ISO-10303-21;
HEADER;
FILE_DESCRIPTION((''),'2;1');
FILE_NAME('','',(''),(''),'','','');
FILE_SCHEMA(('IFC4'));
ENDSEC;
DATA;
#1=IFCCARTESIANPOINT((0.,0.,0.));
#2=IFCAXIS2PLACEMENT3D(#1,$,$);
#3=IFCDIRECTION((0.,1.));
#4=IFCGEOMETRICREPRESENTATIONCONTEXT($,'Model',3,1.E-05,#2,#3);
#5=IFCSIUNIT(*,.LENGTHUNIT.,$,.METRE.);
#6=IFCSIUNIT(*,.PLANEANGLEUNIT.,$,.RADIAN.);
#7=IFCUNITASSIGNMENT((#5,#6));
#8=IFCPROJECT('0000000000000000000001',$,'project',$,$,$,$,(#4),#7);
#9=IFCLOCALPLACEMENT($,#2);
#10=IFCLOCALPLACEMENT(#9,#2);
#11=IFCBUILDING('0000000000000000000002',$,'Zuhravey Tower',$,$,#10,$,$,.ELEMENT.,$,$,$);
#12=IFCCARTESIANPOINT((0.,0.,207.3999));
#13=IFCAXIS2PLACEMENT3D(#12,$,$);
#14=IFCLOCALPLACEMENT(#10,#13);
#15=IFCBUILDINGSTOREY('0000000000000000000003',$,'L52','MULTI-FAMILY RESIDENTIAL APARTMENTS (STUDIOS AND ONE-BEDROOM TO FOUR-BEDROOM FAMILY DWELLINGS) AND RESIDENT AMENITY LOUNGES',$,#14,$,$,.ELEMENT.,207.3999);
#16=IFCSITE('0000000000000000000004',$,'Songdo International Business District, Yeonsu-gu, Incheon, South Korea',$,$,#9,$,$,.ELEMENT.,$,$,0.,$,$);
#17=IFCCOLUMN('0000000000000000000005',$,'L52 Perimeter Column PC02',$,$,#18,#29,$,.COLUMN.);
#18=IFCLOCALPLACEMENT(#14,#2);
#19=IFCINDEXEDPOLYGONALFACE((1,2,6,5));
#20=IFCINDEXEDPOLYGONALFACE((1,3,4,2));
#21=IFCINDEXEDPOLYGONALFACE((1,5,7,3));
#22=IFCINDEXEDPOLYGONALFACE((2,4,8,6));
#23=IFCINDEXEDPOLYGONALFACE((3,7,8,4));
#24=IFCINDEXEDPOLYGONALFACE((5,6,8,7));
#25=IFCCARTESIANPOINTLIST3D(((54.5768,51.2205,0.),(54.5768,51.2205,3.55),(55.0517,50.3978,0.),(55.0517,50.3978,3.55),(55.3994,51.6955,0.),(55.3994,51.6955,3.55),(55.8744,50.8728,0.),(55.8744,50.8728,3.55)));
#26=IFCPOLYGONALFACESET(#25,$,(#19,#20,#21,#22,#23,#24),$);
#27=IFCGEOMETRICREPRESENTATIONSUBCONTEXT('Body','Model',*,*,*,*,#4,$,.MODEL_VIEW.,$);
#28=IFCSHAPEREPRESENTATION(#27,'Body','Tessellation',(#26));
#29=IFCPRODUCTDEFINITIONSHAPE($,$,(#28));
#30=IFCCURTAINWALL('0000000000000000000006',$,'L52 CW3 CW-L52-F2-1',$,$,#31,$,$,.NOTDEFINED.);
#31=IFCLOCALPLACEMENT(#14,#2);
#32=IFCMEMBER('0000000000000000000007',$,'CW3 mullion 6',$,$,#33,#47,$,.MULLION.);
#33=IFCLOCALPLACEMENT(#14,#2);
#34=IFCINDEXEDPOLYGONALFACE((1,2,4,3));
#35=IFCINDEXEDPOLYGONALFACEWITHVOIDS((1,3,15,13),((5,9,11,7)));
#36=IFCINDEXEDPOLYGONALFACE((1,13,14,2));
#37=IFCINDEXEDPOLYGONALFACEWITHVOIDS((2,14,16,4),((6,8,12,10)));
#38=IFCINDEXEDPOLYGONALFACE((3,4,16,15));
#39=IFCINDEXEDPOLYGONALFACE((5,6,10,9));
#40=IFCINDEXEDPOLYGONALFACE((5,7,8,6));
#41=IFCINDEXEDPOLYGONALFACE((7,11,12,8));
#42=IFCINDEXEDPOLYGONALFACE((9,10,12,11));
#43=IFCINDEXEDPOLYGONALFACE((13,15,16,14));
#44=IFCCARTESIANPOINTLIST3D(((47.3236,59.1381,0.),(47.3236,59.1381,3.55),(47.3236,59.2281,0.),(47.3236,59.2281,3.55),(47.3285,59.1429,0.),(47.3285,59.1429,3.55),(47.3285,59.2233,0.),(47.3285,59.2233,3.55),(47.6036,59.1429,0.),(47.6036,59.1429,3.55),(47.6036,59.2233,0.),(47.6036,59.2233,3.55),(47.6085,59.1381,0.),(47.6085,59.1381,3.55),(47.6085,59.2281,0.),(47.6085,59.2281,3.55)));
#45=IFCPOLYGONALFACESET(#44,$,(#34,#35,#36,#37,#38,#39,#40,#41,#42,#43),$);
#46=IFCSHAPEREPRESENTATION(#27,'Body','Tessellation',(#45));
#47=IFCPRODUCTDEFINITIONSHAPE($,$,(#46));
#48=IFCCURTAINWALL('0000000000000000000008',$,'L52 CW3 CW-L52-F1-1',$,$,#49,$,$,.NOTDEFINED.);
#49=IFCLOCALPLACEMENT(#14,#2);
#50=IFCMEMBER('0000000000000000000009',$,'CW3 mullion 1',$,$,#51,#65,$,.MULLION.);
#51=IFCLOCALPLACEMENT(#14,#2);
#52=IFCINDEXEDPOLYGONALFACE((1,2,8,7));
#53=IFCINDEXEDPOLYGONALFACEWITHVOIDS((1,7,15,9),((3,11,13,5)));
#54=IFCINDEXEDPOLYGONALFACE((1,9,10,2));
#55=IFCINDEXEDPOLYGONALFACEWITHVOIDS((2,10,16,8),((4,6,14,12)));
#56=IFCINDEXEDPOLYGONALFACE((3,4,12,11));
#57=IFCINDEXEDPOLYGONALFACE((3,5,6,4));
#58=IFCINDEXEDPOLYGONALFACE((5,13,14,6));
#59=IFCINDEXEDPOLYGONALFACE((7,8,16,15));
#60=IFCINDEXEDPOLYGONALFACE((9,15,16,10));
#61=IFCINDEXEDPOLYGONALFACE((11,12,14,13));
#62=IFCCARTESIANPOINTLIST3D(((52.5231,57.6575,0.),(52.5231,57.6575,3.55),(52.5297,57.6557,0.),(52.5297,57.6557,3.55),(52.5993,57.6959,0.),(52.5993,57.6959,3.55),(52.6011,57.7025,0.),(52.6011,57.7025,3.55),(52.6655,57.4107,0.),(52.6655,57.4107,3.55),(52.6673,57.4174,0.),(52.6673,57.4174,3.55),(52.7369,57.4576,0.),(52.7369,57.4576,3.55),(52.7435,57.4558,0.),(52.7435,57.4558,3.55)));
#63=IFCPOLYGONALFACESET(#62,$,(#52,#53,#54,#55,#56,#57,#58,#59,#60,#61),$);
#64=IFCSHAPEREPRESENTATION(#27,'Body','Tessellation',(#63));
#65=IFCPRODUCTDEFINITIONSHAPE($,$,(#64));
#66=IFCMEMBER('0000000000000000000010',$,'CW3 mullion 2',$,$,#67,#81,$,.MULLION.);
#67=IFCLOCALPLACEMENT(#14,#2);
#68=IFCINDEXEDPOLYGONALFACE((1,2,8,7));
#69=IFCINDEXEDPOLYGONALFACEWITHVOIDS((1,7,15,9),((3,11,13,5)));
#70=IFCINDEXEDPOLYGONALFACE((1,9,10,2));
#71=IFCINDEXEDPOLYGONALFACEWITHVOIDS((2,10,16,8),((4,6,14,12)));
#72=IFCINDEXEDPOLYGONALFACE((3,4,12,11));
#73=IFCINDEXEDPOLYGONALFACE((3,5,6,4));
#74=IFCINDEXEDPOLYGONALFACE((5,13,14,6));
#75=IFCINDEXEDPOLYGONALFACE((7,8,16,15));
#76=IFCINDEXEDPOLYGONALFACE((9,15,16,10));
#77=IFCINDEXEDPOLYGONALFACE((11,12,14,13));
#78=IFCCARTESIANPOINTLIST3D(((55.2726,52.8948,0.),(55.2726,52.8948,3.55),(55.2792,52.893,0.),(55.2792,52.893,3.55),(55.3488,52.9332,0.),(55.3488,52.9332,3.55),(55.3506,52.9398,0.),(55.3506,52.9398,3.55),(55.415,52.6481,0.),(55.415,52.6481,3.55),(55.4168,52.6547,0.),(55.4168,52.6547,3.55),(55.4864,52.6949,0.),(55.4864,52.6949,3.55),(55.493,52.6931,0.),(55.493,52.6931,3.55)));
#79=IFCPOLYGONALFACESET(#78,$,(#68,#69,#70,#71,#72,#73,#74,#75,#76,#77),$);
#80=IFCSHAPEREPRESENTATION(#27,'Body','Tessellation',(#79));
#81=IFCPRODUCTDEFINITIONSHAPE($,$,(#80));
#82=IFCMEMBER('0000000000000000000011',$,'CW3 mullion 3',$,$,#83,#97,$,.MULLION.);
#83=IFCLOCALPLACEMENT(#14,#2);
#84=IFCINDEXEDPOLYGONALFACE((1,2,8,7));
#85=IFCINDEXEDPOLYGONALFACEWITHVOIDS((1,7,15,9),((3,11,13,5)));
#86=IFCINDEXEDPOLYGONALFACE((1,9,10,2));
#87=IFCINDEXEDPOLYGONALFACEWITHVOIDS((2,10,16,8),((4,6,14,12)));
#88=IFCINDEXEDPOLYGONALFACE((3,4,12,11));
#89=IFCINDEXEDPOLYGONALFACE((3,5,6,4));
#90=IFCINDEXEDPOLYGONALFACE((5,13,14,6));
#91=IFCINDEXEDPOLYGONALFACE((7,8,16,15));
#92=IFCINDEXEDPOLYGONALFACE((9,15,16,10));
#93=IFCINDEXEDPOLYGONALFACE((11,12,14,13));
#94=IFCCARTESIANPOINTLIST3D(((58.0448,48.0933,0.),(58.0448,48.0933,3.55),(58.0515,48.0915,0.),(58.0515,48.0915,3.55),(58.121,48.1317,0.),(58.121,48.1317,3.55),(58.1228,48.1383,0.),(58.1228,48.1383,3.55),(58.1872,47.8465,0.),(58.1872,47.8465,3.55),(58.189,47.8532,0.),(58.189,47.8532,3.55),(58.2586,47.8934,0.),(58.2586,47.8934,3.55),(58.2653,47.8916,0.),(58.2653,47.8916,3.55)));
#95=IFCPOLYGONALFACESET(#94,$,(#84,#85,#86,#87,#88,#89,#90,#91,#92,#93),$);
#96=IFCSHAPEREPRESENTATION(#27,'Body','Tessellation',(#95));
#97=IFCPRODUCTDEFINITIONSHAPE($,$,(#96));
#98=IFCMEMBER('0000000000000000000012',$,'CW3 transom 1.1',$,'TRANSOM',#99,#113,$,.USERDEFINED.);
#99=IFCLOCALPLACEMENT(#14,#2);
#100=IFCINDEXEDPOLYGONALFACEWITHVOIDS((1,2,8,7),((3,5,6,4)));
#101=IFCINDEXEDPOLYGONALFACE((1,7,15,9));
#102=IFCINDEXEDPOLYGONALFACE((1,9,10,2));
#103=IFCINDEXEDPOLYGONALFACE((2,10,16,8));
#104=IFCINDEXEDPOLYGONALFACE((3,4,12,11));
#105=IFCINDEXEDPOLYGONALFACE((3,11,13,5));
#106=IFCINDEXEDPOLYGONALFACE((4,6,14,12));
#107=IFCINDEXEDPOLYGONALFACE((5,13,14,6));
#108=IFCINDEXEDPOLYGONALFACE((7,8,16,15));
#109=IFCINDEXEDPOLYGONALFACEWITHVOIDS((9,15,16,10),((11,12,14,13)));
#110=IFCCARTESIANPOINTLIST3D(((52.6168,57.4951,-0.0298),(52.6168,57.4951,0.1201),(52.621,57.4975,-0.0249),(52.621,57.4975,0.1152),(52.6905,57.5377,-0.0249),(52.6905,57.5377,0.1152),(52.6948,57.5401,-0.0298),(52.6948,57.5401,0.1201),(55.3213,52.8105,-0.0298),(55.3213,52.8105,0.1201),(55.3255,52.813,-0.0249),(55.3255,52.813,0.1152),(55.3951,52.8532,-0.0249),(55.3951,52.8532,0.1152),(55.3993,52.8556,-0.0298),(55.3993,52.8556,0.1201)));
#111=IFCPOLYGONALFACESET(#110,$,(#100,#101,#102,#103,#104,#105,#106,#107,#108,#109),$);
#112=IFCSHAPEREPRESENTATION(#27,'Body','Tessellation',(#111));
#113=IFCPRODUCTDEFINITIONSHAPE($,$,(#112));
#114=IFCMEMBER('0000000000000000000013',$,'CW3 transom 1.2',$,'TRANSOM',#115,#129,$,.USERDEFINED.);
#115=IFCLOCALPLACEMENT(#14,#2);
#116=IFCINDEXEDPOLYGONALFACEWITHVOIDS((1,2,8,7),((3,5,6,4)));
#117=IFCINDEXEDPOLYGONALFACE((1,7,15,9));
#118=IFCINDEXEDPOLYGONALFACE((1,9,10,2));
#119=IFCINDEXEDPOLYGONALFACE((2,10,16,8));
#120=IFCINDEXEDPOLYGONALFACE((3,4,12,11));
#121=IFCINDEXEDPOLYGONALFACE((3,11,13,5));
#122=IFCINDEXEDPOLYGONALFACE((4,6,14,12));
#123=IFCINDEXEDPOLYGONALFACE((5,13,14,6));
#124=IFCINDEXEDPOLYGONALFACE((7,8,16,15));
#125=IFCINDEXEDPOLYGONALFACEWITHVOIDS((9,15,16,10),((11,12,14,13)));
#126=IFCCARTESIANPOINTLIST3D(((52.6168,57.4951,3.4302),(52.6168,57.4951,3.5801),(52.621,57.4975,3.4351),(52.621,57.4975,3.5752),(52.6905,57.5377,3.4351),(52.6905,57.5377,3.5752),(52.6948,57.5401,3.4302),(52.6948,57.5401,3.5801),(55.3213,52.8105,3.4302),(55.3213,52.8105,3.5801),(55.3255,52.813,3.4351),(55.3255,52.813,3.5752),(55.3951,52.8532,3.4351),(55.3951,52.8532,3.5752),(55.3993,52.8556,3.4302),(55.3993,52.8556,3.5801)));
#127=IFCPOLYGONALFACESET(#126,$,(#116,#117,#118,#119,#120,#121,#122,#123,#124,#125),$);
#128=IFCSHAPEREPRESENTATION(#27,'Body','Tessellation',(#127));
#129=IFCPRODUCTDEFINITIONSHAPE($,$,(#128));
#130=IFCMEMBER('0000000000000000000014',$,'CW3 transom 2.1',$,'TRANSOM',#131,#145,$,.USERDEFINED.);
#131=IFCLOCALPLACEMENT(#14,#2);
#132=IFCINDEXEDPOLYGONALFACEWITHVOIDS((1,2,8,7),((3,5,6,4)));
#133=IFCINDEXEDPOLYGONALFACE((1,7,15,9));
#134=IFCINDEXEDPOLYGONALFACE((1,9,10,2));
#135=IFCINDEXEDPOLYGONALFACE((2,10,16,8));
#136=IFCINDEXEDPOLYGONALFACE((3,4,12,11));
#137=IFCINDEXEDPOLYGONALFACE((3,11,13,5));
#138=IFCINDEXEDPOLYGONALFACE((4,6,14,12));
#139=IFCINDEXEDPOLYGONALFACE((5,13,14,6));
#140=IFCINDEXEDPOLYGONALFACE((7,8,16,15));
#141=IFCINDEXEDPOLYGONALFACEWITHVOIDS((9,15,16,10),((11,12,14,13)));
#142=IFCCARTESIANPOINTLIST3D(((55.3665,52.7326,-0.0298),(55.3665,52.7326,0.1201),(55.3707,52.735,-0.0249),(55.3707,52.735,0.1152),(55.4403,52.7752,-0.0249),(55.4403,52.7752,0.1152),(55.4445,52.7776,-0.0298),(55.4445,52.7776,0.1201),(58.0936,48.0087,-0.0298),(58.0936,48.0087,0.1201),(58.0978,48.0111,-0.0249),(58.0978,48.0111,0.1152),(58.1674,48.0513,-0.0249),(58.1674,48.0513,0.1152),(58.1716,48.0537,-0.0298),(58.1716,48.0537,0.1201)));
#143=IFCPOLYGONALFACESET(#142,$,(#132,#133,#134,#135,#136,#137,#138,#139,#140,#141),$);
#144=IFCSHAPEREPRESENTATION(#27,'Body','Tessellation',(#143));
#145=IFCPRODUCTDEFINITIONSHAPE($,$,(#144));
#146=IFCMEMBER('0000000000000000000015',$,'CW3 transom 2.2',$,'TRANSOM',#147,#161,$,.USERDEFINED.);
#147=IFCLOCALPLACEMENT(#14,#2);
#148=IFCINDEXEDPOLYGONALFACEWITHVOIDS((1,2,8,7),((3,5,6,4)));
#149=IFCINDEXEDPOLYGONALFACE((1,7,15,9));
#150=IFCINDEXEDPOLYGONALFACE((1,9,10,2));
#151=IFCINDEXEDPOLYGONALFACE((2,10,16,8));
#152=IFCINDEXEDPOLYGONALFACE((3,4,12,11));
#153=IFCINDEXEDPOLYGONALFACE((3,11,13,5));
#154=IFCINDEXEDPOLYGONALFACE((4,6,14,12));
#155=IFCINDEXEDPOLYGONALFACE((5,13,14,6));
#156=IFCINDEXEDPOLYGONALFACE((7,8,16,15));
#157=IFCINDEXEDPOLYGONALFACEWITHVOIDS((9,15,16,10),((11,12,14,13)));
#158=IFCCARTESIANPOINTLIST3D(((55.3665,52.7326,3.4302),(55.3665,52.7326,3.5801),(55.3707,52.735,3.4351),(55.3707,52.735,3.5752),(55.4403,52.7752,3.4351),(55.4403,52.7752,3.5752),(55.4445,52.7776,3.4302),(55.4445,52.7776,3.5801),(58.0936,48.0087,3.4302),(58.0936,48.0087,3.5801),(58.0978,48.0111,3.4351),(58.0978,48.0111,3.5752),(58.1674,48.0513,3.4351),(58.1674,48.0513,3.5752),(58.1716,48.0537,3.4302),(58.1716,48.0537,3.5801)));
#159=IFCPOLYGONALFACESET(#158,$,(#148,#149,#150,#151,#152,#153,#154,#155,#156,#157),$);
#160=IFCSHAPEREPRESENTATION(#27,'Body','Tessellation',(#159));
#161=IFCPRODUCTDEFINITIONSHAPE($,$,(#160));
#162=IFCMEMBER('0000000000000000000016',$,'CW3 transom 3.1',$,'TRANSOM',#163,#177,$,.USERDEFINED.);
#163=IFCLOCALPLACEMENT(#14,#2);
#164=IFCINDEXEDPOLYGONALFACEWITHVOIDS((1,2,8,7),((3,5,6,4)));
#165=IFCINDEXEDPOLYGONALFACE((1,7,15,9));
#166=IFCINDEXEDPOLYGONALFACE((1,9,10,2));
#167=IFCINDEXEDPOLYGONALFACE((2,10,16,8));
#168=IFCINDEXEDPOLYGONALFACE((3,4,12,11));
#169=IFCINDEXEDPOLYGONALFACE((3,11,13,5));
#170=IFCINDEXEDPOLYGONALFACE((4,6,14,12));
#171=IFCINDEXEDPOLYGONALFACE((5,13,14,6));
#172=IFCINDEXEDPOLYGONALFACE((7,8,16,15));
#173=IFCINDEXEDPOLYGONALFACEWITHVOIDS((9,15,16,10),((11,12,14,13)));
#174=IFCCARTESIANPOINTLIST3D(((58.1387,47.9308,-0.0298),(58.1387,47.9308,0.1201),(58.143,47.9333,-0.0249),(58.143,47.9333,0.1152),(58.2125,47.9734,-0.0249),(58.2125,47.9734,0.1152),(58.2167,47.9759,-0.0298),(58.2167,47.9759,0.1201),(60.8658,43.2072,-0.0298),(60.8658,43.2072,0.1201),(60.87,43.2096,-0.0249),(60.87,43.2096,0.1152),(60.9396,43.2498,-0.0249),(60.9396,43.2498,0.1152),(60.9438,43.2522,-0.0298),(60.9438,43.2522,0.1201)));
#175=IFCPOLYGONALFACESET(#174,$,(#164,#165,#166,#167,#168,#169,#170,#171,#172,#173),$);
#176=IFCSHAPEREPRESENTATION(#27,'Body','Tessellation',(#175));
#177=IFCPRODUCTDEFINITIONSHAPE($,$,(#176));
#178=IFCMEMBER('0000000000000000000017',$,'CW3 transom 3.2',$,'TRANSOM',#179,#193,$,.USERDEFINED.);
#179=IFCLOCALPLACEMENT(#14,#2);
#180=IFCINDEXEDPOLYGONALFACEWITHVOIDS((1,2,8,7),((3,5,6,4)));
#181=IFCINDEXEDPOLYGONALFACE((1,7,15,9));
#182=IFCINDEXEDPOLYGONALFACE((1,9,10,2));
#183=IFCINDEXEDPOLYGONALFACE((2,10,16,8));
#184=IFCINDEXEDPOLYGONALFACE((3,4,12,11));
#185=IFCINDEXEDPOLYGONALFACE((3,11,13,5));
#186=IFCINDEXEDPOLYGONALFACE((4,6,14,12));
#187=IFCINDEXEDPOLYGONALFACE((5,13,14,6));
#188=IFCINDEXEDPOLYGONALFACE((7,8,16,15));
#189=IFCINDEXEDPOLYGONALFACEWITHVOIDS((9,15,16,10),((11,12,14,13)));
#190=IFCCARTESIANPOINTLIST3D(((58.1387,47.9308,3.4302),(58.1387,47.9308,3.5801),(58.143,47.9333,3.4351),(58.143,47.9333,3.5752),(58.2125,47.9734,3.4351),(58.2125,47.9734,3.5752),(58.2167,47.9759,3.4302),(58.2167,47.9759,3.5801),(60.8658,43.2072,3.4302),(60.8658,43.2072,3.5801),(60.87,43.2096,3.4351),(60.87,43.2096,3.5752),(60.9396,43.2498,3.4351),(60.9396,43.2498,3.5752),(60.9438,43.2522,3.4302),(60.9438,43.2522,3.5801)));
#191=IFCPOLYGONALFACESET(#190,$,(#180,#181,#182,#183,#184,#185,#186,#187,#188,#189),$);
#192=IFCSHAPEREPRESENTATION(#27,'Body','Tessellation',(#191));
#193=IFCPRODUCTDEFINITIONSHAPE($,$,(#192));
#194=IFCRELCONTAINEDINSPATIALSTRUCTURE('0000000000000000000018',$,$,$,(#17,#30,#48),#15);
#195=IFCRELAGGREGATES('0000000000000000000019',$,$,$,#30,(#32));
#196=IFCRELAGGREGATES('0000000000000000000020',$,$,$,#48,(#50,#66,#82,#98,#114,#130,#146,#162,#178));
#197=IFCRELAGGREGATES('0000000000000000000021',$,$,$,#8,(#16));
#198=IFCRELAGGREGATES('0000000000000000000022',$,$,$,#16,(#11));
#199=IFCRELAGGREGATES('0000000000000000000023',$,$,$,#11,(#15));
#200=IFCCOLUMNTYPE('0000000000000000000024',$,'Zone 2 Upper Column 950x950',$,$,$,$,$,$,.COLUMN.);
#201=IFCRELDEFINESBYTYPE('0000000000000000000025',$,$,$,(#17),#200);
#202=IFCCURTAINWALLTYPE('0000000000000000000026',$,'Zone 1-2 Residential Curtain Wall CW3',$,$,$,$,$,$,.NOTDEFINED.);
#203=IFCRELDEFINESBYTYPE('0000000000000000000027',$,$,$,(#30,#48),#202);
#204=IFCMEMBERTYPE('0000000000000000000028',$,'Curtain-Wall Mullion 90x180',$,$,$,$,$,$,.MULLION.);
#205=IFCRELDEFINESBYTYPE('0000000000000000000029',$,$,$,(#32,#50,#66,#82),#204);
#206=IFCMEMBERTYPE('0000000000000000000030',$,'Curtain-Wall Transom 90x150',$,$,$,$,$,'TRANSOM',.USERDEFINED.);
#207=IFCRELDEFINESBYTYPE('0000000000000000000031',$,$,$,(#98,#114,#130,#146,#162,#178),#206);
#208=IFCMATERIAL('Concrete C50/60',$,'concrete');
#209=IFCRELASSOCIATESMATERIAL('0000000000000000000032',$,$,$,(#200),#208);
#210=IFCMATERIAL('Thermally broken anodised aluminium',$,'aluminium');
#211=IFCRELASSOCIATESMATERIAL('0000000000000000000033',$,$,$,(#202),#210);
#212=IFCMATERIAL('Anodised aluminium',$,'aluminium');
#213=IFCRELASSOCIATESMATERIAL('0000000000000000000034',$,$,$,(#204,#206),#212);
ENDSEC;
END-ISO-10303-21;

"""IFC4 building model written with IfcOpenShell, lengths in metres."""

from ifc_helpers import new_model, si_unit, direction, frame, origin, origin_2d, place, context, subcontext, project, spatial, rectangle, hollow_rectangle, extrude, material, material_profile, profile_set, type_object, element, aggregate, save


model = new_model("IFC4")

# Units and contexts
model_context = context("Model", 3, precision=1e-05, world=origin(), true_north=direction((0.0, 1.0)))
body_context = subcontext(model_context, "Body", "Model", "MODEL_VIEW")
ifc_project = project(units=[si_unit("LENGTHUNIT", "METRE"), si_unit("PLANEANGLEUNIT", "RADIAN")], contexts=[model_context])

# Site, building, storey
site_placement = place(None, origin())
site = spatial("IfcSite", under=ifc_project, at=site_placement, Name="Songdo International Business District, Yeonsu-gu, Incheon, South Korea", CompositionType="ELEMENT", RefElevation=0.0)
building_placement = place(site_placement, origin())
building = spatial("IfcBuilding", under=site, at=building_placement, Name="Zuhravey Tower", CompositionType="ELEMENT")
storey_placement = place(building_placement, frame((0.0, 0.0, 207.3999)))
storey = spatial("IfcBuildingStorey", under=building, at=storey_placement, Name="L52", Description="MULTI-FAMILY RESIDENTIAL APARTMENTS (STUDIOS AND ONE-BEDROOM TO FOUR-BEDROOM FAMILY DWELLINGS) AND RESIDENT AMENITY LOUNGES", CompositionType="ELEMENT", Elevation=207.3999)

# Column
ifc_material_1 = material(Name="Concrete C50/60", Category="concrete")
ifc_material_profile_1 = material_profile(ifc_material_1, rectangle(XDim=0.95, YDim=0.95, at=origin_2d()), Name="RC-950x950")
ifc_profile_set_1 = profile_set([ifc_material_profile_1], Name="Concrete C50/60")
column_type = type_object("IfcColumnType", Name="Zone 2 Upper Column 950x950", PredefinedType="COLUMN", material=ifc_profile_set_1)
column_placement = place(storey_placement, frame((55.2256, 51.0466, 0.0), z_axis=(0.0, 0.0, 1.0), x_axis=(-0.5, 0.866025, 0.0)))
element("IfcColumn", 1, at=column_placement, inside=storey, type_object=column_type, Name="L52 Perimeter Column PC02", PredefinedType="COLUMN", context=body_context, shape_type="SweptSolid", body=[
    extrude(rectangle(XDim=0.95, YDim=0.95, at=origin_2d()), origin(), (0.0, 0.0, 1.0), 3.55),
])

# Curtain wall, member
ifc_material_2 = material(Name="Thermally broken anodised aluminium", Category="aluminium")
curtain_wall_type = type_object("IfcCurtainWallType", Name="Zone 1-2 Residential Curtain Wall CW3", PredefinedType="NOTDEFINED", material=ifc_material_2)
curtain_wall_1_placement = place(storey_placement, origin())
curtain_wall_1 = element("IfcCurtainWall", 2, at=curtain_wall_1_placement, inside=storey, type_object=curtain_wall_type, Name="L52 CW3 CW-L52-F2-1", PredefinedType="NOTDEFINED")
ifc_material_3 = material(Name="Anodised aluminium", Category="aluminium")
ifc_material_profile_2 = material_profile(ifc_material_3, hollow_rectangle(XDim=0.0901, YDim=0.2849, WallThickness=0.0049, at=origin_2d()), Name="ALU-RHS-90x285x5")
ifc_profile_set_2 = profile_set([ifc_material_profile_2], Name="Anodised aluminium")
member_type_1 = type_object("IfcMemberType", Name="Curtain-Wall Mullion 90x180", PredefinedType="MULLION", material=ifc_profile_set_2)
member_1_placement = place(storey_placement, frame((47.4661, 59.1831, 0.0), z_axis=(0.0, 0.0, 1.0), x_axis=(0.0, 1.0, 0.0)))
member_1 = element("IfcMember", 3, at=member_1_placement, type_object=member_type_1, Name="CW3 mullion 6", PredefinedType="MULLION", context=body_context, shape_type="SweptSolid", body=[
    extrude(hollow_rectangle(XDim=0.0901, YDim=0.2849, WallThickness=0.0049, at=origin_2d()), origin(), (0.0, 0.0, 1.0), 3.55),
])
aggregate(curtain_wall_1, [member_1])

# Curtain wall, members
curtain_wall_2_placement = place(storey_placement, origin())
curtain_wall_2 = element("IfcCurtainWall", 4, at=curtain_wall_2_placement, inside=storey, type_object=curtain_wall_type, Name="L52 CW3 CW-L52-F1-1", PredefinedType="NOTDEFINED")
member_2_placement = place(storey_placement, frame((52.6333, 57.5566, 0.0), z_axis=(0.0, 0.0, 1.0), x_axis=(0.866025, 0.5, 0.0)))
member_2 = element("IfcMember", 5, at=member_2_placement, type_object=member_type_1, Name="CW3 mullion 1", PredefinedType="MULLION", context=body_context, shape_type="SweptSolid", body=[
    extrude(hollow_rectangle(XDim=0.0901, YDim=0.2849, WallThickness=0.0049, at=origin_2d()), origin(), (0.0, 0.0, 1.0), 3.55),
])
member_3_placement = place(storey_placement, frame((55.3828, 52.7939, 0.0), z_axis=(0.0, 0.0, 1.0), x_axis=(0.866025, 0.5, 0.0)))
member_3 = element("IfcMember", 6, at=member_3_placement, type_object=member_type_1, Name="CW3 mullion 2", PredefinedType="MULLION", context=body_context, shape_type="SweptSolid", body=[
    extrude(hollow_rectangle(XDim=0.0901, YDim=0.2849, WallThickness=0.0049, at=origin_2d()), origin(), (0.0, 0.0, 1.0), 3.55),
])
member_4_placement = place(storey_placement, frame((58.155, 47.9924, 0.0), z_axis=(0.0, 0.0, 1.0), x_axis=(0.866025, 0.5, 0.0)))
member_4 = element("IfcMember", 7, at=member_4_placement, type_object=member_type_1, Name="CW3 mullion 3", PredefinedType="MULLION", context=body_context, shape_type="SweptSolid", body=[
    extrude(hollow_rectangle(XDim=0.0901, YDim=0.2849, WallThickness=0.0049, at=origin_2d()), origin(), (0.0, 0.0, 1.0), 3.55),
])
ifc_material_profile_3 = material_profile(ifc_material_3, hollow_rectangle(XDim=0.0901, YDim=0.1499, WallThickness=0.0049, at=origin_2d()), Name="ALU-RHS-90x150x5")
ifc_profile_set_3 = profile_set([ifc_material_profile_3], Name="Anodised aluminium")
member_type_2 = type_object("IfcMemberType", Name="Curtain-Wall Transom 90x150", ElementType="TRANSOM", PredefinedType="USERDEFINED", material=ifc_profile_set_3)
member_5_placement = place(storey_placement, frame((52.6558, 57.5176, 0.0452), z_axis=(0.499993, -0.866029, 0.0), x_axis=(0.866029, 0.499993, 0.0)))
member_5 = element("IfcMember", 8, at=member_5_placement, type_object=member_type_2, Name="CW3 transom 1.1", ObjectType="TRANSOM", PredefinedType="USERDEFINED", context=body_context, shape_type="SweptSolid", body=[
    extrude(hollow_rectangle(XDim=0.0901, YDim=0.1499, WallThickness=0.0049, at=origin_2d()), origin(), (0.0, 0.0, 1.0), 5.4092),
])
member_6_placement = place(storey_placement, frame((52.6558, 57.5176, 3.5051), z_axis=(0.499993, -0.866029, 0.0), x_axis=(0.866029, 0.499993, 0.0)))
member_6 = element("IfcMember", 9, at=member_6_placement, type_object=member_type_2, Name="CW3 transom 1.2", ObjectType="TRANSOM", PredefinedType="USERDEFINED", context=body_context, shape_type="SweptSolid", body=[
    extrude(hollow_rectangle(XDim=0.0901, YDim=0.1499, WallThickness=0.0049, at=origin_2d()), origin(), (0.0, 0.0, 1.0), 5.4092),
])
member_7_placement = place(storey_placement, frame((55.4055, 52.7551, 0.0452), z_axis=(0.499961, -0.866048, 0.0), x_axis=(0.866048, 0.499961, 0.0)))
member_7 = element("IfcMember", 10, at=member_7_placement, type_object=member_type_2, Name="CW3 transom 2.1", ObjectType="TRANSOM", PredefinedType="USERDEFINED", context=body_context, shape_type="SweptSolid", body=[
    extrude(hollow_rectangle(XDim=0.0901, YDim=0.1499, WallThickness=0.0049, at=origin_2d()), origin(), (0.0, 0.0, 1.0), 5.4546),
])
member_8_placement = place(storey_placement, frame((55.4055, 52.7551, 3.5051), z_axis=(0.499961, -0.866048, 0.0), x_axis=(0.866048, 0.499961, 0.0)))
member_8 = element("IfcMember", 11, at=member_8_placement, type_object=member_type_2, Name="CW3 transom 2.2", ObjectType="TRANSOM", PredefinedType="USERDEFINED", context=body_context, shape_type="SweptSolid", body=[
    extrude(hollow_rectangle(XDim=0.0901, YDim=0.1499, WallThickness=0.0049, at=origin_2d()), origin(), (0.0, 0.0, 1.0), 5.4546),
])
member_9_placement = place(storey_placement, frame((58.1777, 47.9534, 0.0452), z_axis=(0.499981, -0.866037, 0.0), x_axis=(0.866037, 0.499981, 0.0)))
member_9 = element("IfcMember", 12, at=member_9_placement, type_object=member_type_2, Name="CW3 transom 3.1", ObjectType="TRANSOM", PredefinedType="USERDEFINED", context=body_context, shape_type="SweptSolid", body=[
    extrude(hollow_rectangle(XDim=0.0901, YDim=0.1499, WallThickness=0.0049, at=origin_2d()), origin(), (0.0, 0.0, 1.0), 5.4543),
])
member_10_placement = place(storey_placement, frame((58.1777, 47.9534, 3.5051), z_axis=(0.499981, -0.866037, 0.0), x_axis=(0.866037, 0.499981, 0.0)))
member_10 = element("IfcMember", 13, at=member_10_placement, type_object=member_type_2, Name="CW3 transom 3.2", ObjectType="TRANSOM", PredefinedType="USERDEFINED", context=body_context, shape_type="SweptSolid", body=[
    extrude(hollow_rectangle(XDim=0.0901, YDim=0.1499, WallThickness=0.0049, at=origin_2d()), origin(), (0.0, 0.0, 1.0), 5.4543),
])

aggregate(curtain_wall_2, [member_2, member_3, member_4, member_5, member_6, member_7, member_8, member_9, member_10])

save(model, "model.ifc")
